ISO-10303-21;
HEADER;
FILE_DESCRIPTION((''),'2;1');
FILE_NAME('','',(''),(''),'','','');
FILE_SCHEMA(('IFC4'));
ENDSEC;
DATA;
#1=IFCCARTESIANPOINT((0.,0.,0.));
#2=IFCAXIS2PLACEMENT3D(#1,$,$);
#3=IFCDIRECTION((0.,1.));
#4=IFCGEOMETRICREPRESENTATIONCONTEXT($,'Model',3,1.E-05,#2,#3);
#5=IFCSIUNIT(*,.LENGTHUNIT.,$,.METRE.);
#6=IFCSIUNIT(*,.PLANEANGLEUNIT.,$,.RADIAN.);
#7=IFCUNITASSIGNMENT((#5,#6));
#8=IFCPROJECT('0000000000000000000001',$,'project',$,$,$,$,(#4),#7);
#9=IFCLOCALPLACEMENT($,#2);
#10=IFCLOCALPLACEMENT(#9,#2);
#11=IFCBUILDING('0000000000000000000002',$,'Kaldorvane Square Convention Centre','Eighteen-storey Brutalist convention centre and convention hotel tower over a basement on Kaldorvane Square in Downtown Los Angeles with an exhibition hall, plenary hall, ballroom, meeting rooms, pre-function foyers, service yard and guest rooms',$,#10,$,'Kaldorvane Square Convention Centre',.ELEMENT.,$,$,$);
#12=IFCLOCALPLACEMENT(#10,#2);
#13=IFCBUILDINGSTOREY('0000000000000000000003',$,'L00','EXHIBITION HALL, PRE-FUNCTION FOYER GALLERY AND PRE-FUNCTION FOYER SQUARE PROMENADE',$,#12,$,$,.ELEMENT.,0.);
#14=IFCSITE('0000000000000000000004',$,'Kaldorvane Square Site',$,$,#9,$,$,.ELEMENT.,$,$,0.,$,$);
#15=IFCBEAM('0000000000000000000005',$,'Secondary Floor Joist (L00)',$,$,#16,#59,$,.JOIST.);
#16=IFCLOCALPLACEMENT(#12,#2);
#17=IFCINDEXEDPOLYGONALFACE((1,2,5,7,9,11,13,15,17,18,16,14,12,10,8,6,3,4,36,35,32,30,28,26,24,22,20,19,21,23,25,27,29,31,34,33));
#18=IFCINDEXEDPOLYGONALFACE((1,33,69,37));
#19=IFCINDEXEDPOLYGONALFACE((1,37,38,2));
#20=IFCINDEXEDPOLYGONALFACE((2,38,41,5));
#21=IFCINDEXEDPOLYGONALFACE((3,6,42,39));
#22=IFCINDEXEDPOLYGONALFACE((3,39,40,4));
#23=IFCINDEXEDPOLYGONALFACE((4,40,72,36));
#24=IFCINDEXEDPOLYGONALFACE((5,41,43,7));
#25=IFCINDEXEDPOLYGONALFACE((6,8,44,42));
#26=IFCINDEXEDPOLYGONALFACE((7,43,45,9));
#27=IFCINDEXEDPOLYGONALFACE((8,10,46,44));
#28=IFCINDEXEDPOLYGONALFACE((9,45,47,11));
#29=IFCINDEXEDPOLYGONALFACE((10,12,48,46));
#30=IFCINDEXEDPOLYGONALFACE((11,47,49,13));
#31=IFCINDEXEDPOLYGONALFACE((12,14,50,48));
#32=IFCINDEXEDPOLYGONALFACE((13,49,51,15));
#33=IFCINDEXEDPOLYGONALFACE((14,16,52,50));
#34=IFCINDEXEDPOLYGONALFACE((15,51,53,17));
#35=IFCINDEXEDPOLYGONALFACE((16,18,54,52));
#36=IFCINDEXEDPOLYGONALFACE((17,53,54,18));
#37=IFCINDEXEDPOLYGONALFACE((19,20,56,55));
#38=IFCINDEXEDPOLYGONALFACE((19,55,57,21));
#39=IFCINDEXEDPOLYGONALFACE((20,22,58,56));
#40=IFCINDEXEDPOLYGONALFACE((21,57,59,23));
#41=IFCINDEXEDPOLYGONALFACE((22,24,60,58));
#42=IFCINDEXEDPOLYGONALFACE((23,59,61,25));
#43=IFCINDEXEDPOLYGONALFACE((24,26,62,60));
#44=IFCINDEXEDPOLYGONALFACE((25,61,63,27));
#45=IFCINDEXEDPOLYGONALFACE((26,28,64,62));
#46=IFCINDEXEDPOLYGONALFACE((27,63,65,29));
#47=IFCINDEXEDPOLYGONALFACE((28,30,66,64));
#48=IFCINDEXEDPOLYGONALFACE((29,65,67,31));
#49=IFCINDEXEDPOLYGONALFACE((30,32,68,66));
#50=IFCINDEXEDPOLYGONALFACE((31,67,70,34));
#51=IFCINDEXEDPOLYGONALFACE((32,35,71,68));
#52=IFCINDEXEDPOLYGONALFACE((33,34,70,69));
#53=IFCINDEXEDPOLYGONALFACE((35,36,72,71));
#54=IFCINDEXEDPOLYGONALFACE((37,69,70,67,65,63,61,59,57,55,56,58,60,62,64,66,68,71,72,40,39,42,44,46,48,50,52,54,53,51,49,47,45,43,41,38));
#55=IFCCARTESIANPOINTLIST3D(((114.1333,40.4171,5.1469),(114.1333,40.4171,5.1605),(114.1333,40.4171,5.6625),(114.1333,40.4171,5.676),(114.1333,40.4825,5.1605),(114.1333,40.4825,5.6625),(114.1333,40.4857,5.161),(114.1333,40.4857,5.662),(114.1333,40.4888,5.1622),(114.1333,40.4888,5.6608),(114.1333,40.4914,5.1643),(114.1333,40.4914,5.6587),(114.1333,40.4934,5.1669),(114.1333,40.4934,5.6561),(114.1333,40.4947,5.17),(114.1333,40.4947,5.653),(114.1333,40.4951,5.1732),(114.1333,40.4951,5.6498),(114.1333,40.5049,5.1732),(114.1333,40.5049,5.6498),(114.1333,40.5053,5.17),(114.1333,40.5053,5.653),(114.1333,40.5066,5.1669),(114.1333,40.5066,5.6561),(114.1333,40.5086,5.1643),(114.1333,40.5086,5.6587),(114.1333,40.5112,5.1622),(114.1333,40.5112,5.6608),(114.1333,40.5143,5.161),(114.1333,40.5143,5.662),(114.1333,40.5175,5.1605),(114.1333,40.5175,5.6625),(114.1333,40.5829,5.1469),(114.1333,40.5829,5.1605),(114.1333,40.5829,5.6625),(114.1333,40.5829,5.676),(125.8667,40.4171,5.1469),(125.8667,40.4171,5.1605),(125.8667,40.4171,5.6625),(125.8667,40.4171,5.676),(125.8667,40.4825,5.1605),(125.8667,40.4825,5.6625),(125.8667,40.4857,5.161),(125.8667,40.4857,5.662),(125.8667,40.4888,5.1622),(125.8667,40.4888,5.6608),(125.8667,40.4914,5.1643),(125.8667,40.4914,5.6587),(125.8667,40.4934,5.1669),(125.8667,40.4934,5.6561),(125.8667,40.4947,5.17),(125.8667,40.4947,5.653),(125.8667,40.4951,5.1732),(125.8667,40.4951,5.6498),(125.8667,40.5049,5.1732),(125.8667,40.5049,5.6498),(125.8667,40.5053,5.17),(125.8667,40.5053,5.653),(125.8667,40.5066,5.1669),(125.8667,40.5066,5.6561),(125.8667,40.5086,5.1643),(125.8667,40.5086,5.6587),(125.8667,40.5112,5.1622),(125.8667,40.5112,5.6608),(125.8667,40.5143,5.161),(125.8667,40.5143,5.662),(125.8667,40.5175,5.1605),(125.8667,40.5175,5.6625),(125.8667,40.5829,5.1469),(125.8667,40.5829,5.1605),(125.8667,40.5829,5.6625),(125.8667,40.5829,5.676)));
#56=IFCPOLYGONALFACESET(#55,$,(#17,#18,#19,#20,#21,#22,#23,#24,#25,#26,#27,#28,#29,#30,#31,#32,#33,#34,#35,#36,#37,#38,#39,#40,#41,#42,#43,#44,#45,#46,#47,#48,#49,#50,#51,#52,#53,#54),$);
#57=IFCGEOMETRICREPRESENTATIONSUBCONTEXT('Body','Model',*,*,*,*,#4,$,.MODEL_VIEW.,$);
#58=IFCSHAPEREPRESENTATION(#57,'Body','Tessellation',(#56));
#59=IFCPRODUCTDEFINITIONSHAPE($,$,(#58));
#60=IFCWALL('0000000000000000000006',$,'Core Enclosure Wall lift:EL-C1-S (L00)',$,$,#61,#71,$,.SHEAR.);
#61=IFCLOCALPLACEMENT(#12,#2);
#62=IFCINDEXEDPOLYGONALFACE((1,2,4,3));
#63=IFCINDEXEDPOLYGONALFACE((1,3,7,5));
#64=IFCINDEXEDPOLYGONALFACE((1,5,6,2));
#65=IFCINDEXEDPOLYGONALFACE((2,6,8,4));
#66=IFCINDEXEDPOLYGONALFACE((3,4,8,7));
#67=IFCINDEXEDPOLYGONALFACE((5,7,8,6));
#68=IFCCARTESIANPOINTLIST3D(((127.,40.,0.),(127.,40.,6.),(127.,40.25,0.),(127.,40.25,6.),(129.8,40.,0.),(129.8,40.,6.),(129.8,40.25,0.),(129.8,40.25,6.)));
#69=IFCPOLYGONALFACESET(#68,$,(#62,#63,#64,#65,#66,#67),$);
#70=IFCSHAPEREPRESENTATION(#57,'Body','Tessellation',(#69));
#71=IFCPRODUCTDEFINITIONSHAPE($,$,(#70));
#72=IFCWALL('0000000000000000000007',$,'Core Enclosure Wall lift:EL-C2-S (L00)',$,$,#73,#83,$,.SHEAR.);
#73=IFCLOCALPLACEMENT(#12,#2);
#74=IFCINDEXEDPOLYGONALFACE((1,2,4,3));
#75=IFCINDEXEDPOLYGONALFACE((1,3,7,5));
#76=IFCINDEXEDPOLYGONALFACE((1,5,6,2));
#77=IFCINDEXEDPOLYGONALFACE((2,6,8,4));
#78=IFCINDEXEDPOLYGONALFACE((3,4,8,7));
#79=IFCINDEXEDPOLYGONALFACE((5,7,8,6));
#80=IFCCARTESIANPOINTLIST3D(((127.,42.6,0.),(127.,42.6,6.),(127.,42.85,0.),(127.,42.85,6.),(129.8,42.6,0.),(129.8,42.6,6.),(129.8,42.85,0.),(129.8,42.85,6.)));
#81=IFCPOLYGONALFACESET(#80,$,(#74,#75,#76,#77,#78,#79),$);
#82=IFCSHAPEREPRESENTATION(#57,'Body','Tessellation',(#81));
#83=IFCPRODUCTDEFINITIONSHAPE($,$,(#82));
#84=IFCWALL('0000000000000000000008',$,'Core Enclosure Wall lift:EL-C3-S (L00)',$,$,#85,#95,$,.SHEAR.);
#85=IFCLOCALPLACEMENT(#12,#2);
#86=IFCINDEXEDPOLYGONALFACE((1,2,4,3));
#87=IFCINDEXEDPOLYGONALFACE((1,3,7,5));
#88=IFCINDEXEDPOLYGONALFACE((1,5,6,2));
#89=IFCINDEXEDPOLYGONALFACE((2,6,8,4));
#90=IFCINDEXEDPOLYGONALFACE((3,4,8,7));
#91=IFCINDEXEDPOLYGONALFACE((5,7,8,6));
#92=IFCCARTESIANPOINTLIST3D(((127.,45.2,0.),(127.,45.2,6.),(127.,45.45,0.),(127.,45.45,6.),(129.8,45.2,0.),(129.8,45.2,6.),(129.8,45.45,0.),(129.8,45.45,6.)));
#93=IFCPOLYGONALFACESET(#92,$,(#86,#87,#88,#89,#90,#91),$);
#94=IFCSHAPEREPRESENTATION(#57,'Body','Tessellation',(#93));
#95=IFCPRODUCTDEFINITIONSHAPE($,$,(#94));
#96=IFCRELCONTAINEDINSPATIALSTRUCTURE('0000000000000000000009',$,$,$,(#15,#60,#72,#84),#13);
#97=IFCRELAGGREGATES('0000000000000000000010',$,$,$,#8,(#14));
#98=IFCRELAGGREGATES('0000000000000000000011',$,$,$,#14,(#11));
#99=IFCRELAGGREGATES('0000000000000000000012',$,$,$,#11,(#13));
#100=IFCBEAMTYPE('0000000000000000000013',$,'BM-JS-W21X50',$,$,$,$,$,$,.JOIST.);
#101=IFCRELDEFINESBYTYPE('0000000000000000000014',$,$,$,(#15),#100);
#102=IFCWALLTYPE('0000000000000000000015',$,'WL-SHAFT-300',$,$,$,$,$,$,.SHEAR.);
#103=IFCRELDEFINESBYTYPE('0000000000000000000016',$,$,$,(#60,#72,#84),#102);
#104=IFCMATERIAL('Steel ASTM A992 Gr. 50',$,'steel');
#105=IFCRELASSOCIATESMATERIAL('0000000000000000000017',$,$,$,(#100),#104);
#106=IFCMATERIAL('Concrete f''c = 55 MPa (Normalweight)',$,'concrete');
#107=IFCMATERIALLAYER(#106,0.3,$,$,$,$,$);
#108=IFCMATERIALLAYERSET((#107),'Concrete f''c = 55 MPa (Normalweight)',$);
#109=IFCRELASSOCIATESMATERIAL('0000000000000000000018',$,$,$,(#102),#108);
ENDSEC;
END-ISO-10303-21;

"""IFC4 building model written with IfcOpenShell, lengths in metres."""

from ifc_helpers import new_model, si_unit, direction, frame, frame_2d, origin, origin_2d, place, context, subcontext, project, spatial, rectangle, i_section, extrude, material, layer, layer_set, material_profile, profile_set, type_object, element, save


model = new_model("IFC4")

# Units and contexts
model_context = context("Model", 3, precision=1e-05, world=origin(), true_north=direction((0.0, 1.0)))
body_context = subcontext(model_context, "Body", "Model", "MODEL_VIEW")
ifc_project = project(units=[si_unit("LENGTHUNIT", "METRE"), si_unit("PLANEANGLEUNIT", "RADIAN")], contexts=[model_context])

# Site, building, storey
site_placement = place(None, origin())
site = spatial("IfcSite", under=ifc_project, at=site_placement, Name="Kaldorvane Square Site", CompositionType="ELEMENT", RefElevation=0.0)
building_placement = place(site_placement, origin())
building = spatial("IfcBuilding", under=site, at=building_placement, Name="Kaldorvane Square Convention Centre", Description="Eighteen-storey Brutalist convention centre and convention hotel tower over a basement on Kaldorvane Square in Downtown Los Angeles with an exhibition hall, plenary hall, ballroom, meeting rooms, pre-function foyers, service yard and guest rooms", LongName="Kaldorvane Square Convention Centre", CompositionType="ELEMENT")
storey_placement = place(building_placement, origin())
storey = spatial("IfcBuildingStorey", under=building, at=storey_placement, Name="L00", Description="EXHIBITION HALL, PRE-FUNCTION FOYER GALLERY AND PRE-FUNCTION FOYER SQUARE PROMENADE", CompositionType="ELEMENT", Elevation=0.0)

# Shared definitions
ifc_material_1 = material(Name="Steel ASTM A992 Gr. 50", Category="steel")

# Beam
ifc_material_profile_1 = material_profile(ifc_material_1, i_section(OverallWidth=0.1659, OverallDepth=0.5291, WebThickness=0.0097, FlangeThickness=0.0136, FilletRadius=0.0127, at=origin_2d()), Name="W21X50")
ifc_profile_set_1 = profile_set([ifc_material_profile_1], Name="Steel ASTM A992 Gr. 50")
beam_type_1 = type_object("IfcBeamType", Name="BM-JS-W21X50", PredefinedType="JOIST", material=ifc_profile_set_1)
for number, where, z_axis, x_axis, name in (
    (1, (114.1333, 40.5, 5.4115), (1.0, 0.0, 0.0), (0.0, 1.0, 0.0), "Secondary Floor Joist (L00)"),
):
    element("IfcBeam", number, at=place(storey_placement, frame(where, z_axis=z_axis, x_axis=x_axis)), inside=storey, type_object=beam_type_1, Name=name, PredefinedType="JOIST", context=body_context, shape_type="SweptSolid", body=[
        extrude(i_section(OverallWidth=0.1659, OverallDepth=0.5291, WebThickness=0.0097, FlangeThickness=0.0136, FilletRadius=0.0127, at=origin_2d()), origin(), (0.0, 0.0, 1.0), 11.7334),
    ])

# Wall
ifc_material_2 = material(Name="Concrete f'c = 55 MPa (Normalweight)", Category="concrete")
ifc_layer = layer(ifc_material_2, 0.3)
ifc_layer_set = layer_set([ifc_layer], Name="Concrete f'c = 55 MPa (Normalweight)")
wall_type = type_object("IfcWallType", Name="WL-SHAFT-300", PredefinedType="SHEAR", material=ifc_layer_set)
wall_1_placement = place(storey_placement, frame((127.0, 40.125, 0.0), z_axis=(0.0, 0.0, 1.0), x_axis=(1.0, 0.0, 0.0)))
element("IfcWall", 2, at=wall_1_placement, inside=storey, type_object=wall_type, Name="Core Enclosure Wall lift:EL-C1-S (L00)", PredefinedType="SHEAR", context=body_context, shape_type="SweptSolid", body=[
    extrude(rectangle(XDim=2.8, YDim=0.25, at=frame_2d((1.4, 0.0))), origin(), (0.0, 0.0, 1.0), 6.0),
])

# Wall
wall_2_placement = place(storey_placement, frame((127.0, 42.725, 0.0), z_axis=(0.0, 0.0, 1.0), x_axis=(1.0, 0.0, 0.0)))
element("IfcWall", 3, at=wall_2_placement, inside=storey, type_object=wall_type, Name="Core Enclosure Wall lift:EL-C2-S (L00)", PredefinedType="SHEAR", context=body_context, shape_type="SweptSolid", body=[
    extrude(rectangle(XDim=2.8, YDim=0.25, at=frame_2d((1.4, 0.0))), origin(), (0.0, 0.0, 1.0), 6.0),
])

# Wall
wall_3_placement = place(storey_placement, frame((127.0, 45.325, 0.0), z_axis=(0.0, 0.0, 1.0), x_axis=(1.0, 0.0, 0.0)))
element("IfcWall", 4, at=wall_3_placement, inside=storey, type_object=wall_type, Name="Core Enclosure Wall lift:EL-C3-S (L00)", PredefinedType="SHEAR", context=body_context, shape_type="SweptSolid", body=[
    extrude(rectangle(XDim=2.8, YDim=0.25, at=frame_2d((1.4, 0.0))), origin(), (0.0, 0.0, 1.0), 6.0),
])

save(model, "model.ifc")
